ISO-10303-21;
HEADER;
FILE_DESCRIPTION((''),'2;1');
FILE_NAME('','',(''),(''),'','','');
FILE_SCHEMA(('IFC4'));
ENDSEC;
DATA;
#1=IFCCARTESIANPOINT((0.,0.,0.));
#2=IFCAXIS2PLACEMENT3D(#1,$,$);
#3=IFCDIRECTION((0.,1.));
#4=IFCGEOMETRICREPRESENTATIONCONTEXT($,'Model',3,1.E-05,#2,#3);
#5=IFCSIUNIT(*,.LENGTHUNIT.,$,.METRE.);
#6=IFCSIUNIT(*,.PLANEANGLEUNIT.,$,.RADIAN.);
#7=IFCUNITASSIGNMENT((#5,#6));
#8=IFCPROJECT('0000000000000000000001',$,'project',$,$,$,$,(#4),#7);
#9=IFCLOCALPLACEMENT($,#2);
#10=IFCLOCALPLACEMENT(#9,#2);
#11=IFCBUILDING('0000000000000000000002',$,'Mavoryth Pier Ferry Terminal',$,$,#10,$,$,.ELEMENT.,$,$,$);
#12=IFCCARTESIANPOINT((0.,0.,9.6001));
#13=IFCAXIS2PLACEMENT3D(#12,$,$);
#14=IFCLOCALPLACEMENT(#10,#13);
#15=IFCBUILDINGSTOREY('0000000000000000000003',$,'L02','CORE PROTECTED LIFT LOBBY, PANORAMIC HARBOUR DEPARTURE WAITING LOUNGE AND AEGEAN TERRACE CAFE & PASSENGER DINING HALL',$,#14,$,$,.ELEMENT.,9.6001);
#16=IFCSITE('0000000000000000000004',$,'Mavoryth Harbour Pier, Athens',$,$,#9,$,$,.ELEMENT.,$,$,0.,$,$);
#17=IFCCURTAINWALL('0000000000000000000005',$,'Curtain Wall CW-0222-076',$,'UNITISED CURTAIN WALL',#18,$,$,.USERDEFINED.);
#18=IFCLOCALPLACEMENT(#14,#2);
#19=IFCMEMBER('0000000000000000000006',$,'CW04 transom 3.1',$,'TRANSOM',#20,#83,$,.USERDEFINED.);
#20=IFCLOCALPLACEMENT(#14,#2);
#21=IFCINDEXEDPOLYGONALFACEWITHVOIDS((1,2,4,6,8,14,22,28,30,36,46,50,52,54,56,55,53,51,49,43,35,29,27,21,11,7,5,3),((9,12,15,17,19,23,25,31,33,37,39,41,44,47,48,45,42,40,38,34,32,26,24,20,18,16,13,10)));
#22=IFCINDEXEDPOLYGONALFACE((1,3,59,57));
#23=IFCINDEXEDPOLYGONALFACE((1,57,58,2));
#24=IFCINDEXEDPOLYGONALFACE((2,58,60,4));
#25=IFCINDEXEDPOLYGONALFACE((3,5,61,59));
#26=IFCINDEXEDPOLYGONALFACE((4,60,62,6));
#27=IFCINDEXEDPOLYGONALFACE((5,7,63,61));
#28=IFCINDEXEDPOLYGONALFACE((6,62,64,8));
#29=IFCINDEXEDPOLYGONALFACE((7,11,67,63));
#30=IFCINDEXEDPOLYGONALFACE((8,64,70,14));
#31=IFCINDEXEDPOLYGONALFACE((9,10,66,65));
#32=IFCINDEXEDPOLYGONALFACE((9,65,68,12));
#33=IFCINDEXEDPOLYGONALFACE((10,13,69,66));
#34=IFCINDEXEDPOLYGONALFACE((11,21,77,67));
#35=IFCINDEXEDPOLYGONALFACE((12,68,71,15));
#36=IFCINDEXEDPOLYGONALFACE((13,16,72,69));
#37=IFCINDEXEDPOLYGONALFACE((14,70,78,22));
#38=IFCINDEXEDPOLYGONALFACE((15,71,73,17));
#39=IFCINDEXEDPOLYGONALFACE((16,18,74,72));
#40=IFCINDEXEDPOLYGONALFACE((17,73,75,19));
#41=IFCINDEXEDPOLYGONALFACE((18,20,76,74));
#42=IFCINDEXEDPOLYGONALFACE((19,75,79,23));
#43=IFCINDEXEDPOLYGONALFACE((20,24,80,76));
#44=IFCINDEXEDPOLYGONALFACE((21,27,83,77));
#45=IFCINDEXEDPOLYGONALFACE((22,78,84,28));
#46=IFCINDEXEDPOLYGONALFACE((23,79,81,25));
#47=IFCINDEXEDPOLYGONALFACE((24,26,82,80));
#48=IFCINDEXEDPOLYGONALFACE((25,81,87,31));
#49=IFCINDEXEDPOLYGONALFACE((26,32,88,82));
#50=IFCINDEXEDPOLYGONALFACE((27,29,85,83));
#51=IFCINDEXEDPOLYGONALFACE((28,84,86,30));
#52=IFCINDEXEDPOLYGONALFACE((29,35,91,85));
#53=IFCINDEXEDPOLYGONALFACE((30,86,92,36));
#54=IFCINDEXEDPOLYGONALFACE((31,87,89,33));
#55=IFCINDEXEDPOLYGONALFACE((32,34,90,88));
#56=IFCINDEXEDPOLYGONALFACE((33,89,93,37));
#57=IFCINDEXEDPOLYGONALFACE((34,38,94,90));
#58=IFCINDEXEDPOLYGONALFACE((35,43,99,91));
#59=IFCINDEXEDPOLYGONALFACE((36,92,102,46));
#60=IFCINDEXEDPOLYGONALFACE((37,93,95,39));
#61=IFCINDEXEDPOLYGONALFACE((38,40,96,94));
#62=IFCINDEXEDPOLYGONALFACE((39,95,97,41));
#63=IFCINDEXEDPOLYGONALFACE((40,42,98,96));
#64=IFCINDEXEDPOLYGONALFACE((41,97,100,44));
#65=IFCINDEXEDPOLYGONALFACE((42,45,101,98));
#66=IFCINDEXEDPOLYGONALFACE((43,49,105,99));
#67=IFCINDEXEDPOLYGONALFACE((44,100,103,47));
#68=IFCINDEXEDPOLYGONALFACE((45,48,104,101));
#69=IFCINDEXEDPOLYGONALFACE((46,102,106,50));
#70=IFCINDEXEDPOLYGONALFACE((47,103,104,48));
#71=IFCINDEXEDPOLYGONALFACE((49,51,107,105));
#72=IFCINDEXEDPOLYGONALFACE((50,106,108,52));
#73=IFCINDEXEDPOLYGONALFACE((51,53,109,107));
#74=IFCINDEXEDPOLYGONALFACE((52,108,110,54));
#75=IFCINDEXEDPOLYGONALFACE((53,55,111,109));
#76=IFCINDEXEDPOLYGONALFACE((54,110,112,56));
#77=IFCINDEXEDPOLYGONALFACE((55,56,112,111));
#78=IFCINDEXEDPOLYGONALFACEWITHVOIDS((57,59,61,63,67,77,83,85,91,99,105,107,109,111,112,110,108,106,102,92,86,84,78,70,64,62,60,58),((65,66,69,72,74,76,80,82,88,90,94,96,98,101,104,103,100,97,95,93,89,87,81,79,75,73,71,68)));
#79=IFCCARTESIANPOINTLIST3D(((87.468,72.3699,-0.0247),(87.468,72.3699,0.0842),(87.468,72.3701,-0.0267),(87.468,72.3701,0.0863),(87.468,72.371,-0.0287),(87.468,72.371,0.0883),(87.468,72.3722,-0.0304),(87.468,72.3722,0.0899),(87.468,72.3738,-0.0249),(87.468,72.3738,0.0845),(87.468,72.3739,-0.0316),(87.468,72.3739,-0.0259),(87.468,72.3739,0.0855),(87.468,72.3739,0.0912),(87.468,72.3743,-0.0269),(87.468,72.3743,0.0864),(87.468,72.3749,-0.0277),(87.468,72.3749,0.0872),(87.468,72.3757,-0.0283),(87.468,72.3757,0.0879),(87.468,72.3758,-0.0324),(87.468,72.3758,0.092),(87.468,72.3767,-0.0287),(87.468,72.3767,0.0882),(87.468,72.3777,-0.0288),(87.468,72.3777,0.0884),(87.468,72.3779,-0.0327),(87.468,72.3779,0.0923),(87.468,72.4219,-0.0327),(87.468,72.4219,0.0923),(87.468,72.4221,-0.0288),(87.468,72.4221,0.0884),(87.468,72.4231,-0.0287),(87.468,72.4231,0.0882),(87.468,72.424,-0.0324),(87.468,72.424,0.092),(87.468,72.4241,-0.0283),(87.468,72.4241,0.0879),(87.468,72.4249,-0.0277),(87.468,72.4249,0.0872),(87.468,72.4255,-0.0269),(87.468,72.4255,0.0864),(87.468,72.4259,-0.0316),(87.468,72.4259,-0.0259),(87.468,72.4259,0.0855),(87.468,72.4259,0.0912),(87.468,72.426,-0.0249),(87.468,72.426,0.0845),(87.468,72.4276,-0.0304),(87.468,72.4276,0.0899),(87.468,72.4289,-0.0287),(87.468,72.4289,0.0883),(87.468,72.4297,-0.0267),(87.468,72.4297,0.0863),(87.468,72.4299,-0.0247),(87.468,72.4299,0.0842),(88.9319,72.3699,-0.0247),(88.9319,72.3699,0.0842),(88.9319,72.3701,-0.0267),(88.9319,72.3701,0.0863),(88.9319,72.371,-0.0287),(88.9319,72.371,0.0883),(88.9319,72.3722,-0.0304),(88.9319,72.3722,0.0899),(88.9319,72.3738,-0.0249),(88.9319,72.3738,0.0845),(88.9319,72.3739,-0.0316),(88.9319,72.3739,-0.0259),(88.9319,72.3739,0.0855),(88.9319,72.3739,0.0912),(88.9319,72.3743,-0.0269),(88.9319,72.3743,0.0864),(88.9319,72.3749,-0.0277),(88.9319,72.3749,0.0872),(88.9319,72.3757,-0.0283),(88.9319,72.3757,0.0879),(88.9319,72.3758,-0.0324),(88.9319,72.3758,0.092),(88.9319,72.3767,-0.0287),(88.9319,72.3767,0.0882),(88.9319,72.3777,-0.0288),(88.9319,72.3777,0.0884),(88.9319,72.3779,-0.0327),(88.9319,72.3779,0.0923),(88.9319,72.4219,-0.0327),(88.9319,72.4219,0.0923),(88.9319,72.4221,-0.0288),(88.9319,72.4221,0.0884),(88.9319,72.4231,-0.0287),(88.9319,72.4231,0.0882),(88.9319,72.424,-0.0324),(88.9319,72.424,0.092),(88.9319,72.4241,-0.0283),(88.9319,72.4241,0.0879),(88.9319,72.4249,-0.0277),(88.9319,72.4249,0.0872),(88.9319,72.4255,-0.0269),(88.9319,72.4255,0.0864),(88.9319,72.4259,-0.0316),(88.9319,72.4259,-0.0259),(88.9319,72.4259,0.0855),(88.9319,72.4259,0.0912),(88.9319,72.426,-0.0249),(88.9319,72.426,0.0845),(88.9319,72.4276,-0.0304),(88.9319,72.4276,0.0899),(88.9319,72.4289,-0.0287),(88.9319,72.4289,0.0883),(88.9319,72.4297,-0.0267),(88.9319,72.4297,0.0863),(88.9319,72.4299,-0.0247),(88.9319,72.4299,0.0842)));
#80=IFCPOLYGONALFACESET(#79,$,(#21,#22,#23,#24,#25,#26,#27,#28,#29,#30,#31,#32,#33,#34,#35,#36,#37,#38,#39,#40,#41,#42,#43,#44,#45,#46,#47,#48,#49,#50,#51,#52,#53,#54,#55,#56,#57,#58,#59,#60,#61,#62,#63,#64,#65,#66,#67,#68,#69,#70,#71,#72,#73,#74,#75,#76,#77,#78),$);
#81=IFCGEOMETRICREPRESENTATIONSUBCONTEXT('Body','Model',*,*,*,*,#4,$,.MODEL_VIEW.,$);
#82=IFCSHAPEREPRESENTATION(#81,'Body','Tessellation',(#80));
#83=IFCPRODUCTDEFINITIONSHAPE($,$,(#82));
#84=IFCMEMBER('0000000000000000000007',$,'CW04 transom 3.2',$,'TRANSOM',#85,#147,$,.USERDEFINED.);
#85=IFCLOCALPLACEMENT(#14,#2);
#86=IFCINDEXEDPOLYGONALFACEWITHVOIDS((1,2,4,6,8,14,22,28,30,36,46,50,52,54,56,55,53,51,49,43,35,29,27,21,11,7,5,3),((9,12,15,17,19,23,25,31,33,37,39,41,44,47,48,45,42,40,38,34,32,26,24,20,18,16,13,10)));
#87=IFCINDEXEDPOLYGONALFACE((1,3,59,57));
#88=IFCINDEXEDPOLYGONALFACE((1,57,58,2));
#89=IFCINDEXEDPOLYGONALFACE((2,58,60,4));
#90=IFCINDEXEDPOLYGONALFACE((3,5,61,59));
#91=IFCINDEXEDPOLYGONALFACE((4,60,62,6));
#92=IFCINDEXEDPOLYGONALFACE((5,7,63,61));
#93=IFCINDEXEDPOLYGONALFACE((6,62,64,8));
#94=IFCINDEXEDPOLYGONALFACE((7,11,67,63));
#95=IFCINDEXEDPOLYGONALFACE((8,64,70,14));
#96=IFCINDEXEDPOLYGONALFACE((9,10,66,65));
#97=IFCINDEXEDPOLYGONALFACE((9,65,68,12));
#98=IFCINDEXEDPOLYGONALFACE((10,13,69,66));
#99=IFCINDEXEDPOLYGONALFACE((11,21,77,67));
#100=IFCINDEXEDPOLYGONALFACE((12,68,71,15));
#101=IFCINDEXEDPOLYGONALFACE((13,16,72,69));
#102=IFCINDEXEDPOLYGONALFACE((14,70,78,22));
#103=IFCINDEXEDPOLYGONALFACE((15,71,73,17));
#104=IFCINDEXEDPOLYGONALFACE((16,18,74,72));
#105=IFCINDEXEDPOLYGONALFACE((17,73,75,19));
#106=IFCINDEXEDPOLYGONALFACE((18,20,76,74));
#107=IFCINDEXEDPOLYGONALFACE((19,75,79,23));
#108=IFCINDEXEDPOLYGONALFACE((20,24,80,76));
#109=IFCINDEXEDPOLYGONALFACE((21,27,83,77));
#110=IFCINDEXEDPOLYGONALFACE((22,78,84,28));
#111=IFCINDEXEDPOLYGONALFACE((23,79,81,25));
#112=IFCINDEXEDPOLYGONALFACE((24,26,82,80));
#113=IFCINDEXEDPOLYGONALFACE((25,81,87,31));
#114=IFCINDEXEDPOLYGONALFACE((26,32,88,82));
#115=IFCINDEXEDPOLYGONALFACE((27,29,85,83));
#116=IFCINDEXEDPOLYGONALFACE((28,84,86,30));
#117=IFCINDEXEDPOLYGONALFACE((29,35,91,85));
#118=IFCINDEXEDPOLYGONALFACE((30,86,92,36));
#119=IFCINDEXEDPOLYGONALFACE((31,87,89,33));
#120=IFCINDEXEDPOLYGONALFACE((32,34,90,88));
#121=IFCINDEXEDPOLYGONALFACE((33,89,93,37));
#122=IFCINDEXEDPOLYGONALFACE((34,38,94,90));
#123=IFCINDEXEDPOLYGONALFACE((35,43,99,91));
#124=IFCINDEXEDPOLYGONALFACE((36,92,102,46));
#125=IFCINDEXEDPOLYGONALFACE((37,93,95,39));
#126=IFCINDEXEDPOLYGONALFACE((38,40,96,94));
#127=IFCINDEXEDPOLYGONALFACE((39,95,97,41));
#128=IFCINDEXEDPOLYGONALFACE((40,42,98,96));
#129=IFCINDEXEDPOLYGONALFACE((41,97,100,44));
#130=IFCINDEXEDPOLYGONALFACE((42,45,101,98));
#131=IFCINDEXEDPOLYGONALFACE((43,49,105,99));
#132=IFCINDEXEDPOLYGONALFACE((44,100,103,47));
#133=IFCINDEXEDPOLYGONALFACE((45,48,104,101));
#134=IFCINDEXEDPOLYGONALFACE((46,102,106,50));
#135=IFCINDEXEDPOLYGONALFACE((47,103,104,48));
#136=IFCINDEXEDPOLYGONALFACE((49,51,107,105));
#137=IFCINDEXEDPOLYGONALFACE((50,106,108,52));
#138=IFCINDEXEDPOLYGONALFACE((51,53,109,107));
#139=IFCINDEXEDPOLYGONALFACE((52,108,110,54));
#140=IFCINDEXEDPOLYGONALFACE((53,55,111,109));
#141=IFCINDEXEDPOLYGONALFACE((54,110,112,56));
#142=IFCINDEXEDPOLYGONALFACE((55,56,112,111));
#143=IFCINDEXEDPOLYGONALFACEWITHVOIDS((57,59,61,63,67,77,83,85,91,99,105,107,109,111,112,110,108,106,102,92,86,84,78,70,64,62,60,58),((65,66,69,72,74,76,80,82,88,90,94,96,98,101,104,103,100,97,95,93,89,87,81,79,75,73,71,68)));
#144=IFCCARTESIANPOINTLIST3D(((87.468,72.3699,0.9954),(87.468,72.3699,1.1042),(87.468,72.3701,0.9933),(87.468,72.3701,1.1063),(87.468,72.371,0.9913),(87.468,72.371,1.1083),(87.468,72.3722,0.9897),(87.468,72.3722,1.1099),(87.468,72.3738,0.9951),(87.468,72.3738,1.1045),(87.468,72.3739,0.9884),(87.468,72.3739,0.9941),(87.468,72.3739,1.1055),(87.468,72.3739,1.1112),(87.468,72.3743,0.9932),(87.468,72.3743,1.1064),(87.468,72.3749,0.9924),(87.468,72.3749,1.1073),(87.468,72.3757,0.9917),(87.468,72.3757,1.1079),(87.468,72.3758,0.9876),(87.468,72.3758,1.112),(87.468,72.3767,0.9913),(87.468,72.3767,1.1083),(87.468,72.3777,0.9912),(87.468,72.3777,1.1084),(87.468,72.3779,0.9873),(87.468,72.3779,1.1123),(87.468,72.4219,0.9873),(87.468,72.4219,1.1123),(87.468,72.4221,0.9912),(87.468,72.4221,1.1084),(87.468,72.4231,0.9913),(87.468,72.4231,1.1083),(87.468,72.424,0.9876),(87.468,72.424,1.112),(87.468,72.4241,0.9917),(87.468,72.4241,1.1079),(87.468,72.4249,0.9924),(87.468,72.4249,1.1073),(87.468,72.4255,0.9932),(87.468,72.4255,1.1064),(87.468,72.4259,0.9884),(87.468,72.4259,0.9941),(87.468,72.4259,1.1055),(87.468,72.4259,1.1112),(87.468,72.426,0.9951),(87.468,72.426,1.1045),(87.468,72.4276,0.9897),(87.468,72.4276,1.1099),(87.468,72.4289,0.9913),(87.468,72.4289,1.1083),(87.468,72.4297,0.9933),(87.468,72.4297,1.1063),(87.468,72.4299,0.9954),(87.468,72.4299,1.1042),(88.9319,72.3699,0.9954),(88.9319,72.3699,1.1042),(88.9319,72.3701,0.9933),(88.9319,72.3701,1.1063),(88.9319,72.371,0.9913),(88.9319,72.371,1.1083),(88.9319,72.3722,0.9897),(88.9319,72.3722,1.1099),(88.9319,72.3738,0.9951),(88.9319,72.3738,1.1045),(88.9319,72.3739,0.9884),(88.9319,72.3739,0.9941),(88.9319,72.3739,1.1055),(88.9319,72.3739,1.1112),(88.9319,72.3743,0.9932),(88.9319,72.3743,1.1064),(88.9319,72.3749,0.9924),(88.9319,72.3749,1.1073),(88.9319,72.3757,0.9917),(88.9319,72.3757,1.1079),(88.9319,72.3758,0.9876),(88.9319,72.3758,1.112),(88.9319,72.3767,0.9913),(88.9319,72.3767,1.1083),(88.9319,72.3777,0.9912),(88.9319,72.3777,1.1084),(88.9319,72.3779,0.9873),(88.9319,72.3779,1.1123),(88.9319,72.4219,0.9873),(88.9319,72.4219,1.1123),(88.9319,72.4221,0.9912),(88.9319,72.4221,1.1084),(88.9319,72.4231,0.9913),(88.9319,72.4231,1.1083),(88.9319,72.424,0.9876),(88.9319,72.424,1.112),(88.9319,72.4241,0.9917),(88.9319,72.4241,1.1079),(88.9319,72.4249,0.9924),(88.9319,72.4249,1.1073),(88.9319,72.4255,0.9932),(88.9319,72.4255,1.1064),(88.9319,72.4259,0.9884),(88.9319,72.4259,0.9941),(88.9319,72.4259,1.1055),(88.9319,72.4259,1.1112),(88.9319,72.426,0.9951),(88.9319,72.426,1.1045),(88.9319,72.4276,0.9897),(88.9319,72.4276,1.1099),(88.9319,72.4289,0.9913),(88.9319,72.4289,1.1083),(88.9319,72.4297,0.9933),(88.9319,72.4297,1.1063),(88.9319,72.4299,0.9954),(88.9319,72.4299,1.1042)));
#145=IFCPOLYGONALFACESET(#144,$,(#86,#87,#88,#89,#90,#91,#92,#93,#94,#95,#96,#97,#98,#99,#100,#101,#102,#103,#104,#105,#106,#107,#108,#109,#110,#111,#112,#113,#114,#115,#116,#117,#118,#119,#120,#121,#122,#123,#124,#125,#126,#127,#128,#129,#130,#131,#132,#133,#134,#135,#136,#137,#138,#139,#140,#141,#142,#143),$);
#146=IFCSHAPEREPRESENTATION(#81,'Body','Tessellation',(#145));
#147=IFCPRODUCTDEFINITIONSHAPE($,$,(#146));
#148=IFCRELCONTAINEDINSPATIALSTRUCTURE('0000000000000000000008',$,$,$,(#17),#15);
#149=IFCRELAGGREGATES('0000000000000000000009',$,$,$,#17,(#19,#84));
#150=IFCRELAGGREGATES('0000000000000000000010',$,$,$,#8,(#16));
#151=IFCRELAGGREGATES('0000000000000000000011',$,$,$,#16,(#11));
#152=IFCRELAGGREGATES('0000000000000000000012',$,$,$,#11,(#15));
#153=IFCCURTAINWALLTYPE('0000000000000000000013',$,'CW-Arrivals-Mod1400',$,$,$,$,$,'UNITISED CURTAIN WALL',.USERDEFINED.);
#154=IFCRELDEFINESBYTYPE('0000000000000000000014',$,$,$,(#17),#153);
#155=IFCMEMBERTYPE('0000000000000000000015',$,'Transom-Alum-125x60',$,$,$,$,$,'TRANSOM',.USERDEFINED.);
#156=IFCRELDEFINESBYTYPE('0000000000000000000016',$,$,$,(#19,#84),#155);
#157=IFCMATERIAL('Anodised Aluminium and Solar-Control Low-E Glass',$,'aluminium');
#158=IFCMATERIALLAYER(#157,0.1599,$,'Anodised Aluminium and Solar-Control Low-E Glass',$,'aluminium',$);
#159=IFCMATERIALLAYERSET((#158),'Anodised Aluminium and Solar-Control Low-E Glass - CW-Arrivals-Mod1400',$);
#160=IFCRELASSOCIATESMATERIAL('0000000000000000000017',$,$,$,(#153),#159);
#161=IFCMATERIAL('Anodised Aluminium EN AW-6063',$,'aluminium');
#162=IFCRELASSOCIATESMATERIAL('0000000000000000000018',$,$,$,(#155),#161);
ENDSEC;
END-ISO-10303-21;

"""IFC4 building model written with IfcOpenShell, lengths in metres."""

from ifc_helpers import new_model, si_unit, direction, frame, origin, origin_2d, place, context, subcontext, project, spatial, hollow_rectangle, extrude, material, layer, layer_set, material_profile, profile_set, type_object, element, aggregate, save


model = new_model("IFC4")

# Units and contexts
model_context = context("Model", 3, precision=1e-05, world=origin(), true_north=direction((0.0, 1.0)))
body_context = subcontext(model_context, "Body", "Model", "MODEL_VIEW")
ifc_project = project(units=[si_unit("LENGTHUNIT", "METRE"), si_unit("PLANEANGLEUNIT", "RADIAN")], contexts=[model_context])

# Site, building, storey
site_placement = place(None, origin())
site = spatial("IfcSite", under=ifc_project, at=site_placement, Name="Mavoryth Harbour Pier, Athens", CompositionType="ELEMENT", RefElevation=0.0)
building_placement = place(site_placement, origin())
building = spatial("IfcBuilding", under=site, at=building_placement, Name="Mavoryth Pier Ferry Terminal", CompositionType="ELEMENT")
storey_placement = place(building_placement, frame((0.0, 0.0, 9.6001)))
storey = spatial("IfcBuildingStorey", under=building, at=storey_placement, Name="L02", Description="CORE PROTECTED LIFT LOBBY, PANORAMIC HARBOUR DEPARTURE WAITING LOUNGE AND AEGEAN TERRACE CAFE & PASSENGER DINING HALL", CompositionType="ELEMENT", Elevation=9.6001)

# Curtain wall
ifc_material_1 = material(Name="Anodised Aluminium and Solar-Control Low-E Glass", Category="aluminium")
ifc_layer_1 = layer(ifc_material_1, 0.1599, Name="Anodised Aluminium and Solar-Control Low-E Glass", Category="aluminium")
ifc_layer_set_1 = layer_set([ifc_layer_1], Name="Anodised Aluminium and Solar-Control Low-E Glass - CW-Arrivals-Mod1400")
curtain_wall_type = type_object("IfcCurtainWallType", Name="CW-Arrivals-Mod1400", ElementType="UNITISED CURTAIN WALL", PredefinedType="USERDEFINED", material=ifc_layer_set_1)
curtain_wall_placement = place(storey_placement, origin())
curtain_wall = element("IfcCurtainWall", 1, at=curtain_wall_placement, inside=storey, type_object=curtain_wall_type, Name="Curtain Wall CW-0222-076", ObjectType="UNITISED CURTAIN WALL", PredefinedType="USERDEFINED")
ifc_material_2 = material(Name="Anodised Aluminium EN AW-6063", Category="aluminium")

# Members
ifc_material_profile_1 = material_profile(ifc_material_2, hollow_rectangle(XDim=0.0601, YDim=0.125, WallThickness=0.0039, InnerFilletRadius=0.0039, OuterFilletRadius=0.0081, at=origin_2d()), Name="AL-TRAN 125x60x4", Category="aluminium")
ifc_profile_set_1 = profile_set([ifc_material_profile_1], Name="Anodised Aluminium EN AW-6063 - AL-TRAN 125x60x4")
member_type_1 = type_object("IfcMemberType", Name="Transom-Alum-125x60", ElementType="TRANSOM", PredefinedType="USERDEFINED", material=ifc_profile_set_1)
member_1_placement = place(storey_placement, frame((87.468, 72.3999, 0.0298), z_axis=(1.0, 0.0, 0.0), x_axis=(0.0, 1.0, 0.0)))
member_1 = element("IfcMember", 2, at=member_1_placement, type_object=member_type_1, Name="CW04 transom 3.1", ObjectType="TRANSOM", PredefinedType="USERDEFINED", context=body_context, shape_type="SweptSolid", body=[
    extrude(hollow_rectangle(XDim=0.0601, YDim=0.125, WallThickness=0.0039, InnerFilletRadius=0.0039, OuterFilletRadius=0.0081, at=origin_2d()), origin(), (0.0, 0.0, 1.0), 1.4639),
])
member_2_placement = place(storey_placement, frame((87.468, 72.3999, 1.0498), z_axis=(1.0, 0.0, 0.0), x_axis=(0.0, 1.0, 0.0)))
member_2 = element("IfcMember", 3, at=member_2_placement, type_object=member_type_1, Name="CW04 transom 3.2", ObjectType="TRANSOM", PredefinedType="USERDEFINED", context=body_context, shape_type="SweptSolid", body=[
    extrude(hollow_rectangle(XDim=0.0601, YDim=0.125, WallThickness=0.0039, InnerFilletRadius=0.0039, OuterFilletRadius=0.0081, at=origin_2d()), origin(), (0.0, 0.0, 1.0), 1.4639),
])

aggregate(curtain_wall, [member_1, member_2])

save(model, "model.ifc")
